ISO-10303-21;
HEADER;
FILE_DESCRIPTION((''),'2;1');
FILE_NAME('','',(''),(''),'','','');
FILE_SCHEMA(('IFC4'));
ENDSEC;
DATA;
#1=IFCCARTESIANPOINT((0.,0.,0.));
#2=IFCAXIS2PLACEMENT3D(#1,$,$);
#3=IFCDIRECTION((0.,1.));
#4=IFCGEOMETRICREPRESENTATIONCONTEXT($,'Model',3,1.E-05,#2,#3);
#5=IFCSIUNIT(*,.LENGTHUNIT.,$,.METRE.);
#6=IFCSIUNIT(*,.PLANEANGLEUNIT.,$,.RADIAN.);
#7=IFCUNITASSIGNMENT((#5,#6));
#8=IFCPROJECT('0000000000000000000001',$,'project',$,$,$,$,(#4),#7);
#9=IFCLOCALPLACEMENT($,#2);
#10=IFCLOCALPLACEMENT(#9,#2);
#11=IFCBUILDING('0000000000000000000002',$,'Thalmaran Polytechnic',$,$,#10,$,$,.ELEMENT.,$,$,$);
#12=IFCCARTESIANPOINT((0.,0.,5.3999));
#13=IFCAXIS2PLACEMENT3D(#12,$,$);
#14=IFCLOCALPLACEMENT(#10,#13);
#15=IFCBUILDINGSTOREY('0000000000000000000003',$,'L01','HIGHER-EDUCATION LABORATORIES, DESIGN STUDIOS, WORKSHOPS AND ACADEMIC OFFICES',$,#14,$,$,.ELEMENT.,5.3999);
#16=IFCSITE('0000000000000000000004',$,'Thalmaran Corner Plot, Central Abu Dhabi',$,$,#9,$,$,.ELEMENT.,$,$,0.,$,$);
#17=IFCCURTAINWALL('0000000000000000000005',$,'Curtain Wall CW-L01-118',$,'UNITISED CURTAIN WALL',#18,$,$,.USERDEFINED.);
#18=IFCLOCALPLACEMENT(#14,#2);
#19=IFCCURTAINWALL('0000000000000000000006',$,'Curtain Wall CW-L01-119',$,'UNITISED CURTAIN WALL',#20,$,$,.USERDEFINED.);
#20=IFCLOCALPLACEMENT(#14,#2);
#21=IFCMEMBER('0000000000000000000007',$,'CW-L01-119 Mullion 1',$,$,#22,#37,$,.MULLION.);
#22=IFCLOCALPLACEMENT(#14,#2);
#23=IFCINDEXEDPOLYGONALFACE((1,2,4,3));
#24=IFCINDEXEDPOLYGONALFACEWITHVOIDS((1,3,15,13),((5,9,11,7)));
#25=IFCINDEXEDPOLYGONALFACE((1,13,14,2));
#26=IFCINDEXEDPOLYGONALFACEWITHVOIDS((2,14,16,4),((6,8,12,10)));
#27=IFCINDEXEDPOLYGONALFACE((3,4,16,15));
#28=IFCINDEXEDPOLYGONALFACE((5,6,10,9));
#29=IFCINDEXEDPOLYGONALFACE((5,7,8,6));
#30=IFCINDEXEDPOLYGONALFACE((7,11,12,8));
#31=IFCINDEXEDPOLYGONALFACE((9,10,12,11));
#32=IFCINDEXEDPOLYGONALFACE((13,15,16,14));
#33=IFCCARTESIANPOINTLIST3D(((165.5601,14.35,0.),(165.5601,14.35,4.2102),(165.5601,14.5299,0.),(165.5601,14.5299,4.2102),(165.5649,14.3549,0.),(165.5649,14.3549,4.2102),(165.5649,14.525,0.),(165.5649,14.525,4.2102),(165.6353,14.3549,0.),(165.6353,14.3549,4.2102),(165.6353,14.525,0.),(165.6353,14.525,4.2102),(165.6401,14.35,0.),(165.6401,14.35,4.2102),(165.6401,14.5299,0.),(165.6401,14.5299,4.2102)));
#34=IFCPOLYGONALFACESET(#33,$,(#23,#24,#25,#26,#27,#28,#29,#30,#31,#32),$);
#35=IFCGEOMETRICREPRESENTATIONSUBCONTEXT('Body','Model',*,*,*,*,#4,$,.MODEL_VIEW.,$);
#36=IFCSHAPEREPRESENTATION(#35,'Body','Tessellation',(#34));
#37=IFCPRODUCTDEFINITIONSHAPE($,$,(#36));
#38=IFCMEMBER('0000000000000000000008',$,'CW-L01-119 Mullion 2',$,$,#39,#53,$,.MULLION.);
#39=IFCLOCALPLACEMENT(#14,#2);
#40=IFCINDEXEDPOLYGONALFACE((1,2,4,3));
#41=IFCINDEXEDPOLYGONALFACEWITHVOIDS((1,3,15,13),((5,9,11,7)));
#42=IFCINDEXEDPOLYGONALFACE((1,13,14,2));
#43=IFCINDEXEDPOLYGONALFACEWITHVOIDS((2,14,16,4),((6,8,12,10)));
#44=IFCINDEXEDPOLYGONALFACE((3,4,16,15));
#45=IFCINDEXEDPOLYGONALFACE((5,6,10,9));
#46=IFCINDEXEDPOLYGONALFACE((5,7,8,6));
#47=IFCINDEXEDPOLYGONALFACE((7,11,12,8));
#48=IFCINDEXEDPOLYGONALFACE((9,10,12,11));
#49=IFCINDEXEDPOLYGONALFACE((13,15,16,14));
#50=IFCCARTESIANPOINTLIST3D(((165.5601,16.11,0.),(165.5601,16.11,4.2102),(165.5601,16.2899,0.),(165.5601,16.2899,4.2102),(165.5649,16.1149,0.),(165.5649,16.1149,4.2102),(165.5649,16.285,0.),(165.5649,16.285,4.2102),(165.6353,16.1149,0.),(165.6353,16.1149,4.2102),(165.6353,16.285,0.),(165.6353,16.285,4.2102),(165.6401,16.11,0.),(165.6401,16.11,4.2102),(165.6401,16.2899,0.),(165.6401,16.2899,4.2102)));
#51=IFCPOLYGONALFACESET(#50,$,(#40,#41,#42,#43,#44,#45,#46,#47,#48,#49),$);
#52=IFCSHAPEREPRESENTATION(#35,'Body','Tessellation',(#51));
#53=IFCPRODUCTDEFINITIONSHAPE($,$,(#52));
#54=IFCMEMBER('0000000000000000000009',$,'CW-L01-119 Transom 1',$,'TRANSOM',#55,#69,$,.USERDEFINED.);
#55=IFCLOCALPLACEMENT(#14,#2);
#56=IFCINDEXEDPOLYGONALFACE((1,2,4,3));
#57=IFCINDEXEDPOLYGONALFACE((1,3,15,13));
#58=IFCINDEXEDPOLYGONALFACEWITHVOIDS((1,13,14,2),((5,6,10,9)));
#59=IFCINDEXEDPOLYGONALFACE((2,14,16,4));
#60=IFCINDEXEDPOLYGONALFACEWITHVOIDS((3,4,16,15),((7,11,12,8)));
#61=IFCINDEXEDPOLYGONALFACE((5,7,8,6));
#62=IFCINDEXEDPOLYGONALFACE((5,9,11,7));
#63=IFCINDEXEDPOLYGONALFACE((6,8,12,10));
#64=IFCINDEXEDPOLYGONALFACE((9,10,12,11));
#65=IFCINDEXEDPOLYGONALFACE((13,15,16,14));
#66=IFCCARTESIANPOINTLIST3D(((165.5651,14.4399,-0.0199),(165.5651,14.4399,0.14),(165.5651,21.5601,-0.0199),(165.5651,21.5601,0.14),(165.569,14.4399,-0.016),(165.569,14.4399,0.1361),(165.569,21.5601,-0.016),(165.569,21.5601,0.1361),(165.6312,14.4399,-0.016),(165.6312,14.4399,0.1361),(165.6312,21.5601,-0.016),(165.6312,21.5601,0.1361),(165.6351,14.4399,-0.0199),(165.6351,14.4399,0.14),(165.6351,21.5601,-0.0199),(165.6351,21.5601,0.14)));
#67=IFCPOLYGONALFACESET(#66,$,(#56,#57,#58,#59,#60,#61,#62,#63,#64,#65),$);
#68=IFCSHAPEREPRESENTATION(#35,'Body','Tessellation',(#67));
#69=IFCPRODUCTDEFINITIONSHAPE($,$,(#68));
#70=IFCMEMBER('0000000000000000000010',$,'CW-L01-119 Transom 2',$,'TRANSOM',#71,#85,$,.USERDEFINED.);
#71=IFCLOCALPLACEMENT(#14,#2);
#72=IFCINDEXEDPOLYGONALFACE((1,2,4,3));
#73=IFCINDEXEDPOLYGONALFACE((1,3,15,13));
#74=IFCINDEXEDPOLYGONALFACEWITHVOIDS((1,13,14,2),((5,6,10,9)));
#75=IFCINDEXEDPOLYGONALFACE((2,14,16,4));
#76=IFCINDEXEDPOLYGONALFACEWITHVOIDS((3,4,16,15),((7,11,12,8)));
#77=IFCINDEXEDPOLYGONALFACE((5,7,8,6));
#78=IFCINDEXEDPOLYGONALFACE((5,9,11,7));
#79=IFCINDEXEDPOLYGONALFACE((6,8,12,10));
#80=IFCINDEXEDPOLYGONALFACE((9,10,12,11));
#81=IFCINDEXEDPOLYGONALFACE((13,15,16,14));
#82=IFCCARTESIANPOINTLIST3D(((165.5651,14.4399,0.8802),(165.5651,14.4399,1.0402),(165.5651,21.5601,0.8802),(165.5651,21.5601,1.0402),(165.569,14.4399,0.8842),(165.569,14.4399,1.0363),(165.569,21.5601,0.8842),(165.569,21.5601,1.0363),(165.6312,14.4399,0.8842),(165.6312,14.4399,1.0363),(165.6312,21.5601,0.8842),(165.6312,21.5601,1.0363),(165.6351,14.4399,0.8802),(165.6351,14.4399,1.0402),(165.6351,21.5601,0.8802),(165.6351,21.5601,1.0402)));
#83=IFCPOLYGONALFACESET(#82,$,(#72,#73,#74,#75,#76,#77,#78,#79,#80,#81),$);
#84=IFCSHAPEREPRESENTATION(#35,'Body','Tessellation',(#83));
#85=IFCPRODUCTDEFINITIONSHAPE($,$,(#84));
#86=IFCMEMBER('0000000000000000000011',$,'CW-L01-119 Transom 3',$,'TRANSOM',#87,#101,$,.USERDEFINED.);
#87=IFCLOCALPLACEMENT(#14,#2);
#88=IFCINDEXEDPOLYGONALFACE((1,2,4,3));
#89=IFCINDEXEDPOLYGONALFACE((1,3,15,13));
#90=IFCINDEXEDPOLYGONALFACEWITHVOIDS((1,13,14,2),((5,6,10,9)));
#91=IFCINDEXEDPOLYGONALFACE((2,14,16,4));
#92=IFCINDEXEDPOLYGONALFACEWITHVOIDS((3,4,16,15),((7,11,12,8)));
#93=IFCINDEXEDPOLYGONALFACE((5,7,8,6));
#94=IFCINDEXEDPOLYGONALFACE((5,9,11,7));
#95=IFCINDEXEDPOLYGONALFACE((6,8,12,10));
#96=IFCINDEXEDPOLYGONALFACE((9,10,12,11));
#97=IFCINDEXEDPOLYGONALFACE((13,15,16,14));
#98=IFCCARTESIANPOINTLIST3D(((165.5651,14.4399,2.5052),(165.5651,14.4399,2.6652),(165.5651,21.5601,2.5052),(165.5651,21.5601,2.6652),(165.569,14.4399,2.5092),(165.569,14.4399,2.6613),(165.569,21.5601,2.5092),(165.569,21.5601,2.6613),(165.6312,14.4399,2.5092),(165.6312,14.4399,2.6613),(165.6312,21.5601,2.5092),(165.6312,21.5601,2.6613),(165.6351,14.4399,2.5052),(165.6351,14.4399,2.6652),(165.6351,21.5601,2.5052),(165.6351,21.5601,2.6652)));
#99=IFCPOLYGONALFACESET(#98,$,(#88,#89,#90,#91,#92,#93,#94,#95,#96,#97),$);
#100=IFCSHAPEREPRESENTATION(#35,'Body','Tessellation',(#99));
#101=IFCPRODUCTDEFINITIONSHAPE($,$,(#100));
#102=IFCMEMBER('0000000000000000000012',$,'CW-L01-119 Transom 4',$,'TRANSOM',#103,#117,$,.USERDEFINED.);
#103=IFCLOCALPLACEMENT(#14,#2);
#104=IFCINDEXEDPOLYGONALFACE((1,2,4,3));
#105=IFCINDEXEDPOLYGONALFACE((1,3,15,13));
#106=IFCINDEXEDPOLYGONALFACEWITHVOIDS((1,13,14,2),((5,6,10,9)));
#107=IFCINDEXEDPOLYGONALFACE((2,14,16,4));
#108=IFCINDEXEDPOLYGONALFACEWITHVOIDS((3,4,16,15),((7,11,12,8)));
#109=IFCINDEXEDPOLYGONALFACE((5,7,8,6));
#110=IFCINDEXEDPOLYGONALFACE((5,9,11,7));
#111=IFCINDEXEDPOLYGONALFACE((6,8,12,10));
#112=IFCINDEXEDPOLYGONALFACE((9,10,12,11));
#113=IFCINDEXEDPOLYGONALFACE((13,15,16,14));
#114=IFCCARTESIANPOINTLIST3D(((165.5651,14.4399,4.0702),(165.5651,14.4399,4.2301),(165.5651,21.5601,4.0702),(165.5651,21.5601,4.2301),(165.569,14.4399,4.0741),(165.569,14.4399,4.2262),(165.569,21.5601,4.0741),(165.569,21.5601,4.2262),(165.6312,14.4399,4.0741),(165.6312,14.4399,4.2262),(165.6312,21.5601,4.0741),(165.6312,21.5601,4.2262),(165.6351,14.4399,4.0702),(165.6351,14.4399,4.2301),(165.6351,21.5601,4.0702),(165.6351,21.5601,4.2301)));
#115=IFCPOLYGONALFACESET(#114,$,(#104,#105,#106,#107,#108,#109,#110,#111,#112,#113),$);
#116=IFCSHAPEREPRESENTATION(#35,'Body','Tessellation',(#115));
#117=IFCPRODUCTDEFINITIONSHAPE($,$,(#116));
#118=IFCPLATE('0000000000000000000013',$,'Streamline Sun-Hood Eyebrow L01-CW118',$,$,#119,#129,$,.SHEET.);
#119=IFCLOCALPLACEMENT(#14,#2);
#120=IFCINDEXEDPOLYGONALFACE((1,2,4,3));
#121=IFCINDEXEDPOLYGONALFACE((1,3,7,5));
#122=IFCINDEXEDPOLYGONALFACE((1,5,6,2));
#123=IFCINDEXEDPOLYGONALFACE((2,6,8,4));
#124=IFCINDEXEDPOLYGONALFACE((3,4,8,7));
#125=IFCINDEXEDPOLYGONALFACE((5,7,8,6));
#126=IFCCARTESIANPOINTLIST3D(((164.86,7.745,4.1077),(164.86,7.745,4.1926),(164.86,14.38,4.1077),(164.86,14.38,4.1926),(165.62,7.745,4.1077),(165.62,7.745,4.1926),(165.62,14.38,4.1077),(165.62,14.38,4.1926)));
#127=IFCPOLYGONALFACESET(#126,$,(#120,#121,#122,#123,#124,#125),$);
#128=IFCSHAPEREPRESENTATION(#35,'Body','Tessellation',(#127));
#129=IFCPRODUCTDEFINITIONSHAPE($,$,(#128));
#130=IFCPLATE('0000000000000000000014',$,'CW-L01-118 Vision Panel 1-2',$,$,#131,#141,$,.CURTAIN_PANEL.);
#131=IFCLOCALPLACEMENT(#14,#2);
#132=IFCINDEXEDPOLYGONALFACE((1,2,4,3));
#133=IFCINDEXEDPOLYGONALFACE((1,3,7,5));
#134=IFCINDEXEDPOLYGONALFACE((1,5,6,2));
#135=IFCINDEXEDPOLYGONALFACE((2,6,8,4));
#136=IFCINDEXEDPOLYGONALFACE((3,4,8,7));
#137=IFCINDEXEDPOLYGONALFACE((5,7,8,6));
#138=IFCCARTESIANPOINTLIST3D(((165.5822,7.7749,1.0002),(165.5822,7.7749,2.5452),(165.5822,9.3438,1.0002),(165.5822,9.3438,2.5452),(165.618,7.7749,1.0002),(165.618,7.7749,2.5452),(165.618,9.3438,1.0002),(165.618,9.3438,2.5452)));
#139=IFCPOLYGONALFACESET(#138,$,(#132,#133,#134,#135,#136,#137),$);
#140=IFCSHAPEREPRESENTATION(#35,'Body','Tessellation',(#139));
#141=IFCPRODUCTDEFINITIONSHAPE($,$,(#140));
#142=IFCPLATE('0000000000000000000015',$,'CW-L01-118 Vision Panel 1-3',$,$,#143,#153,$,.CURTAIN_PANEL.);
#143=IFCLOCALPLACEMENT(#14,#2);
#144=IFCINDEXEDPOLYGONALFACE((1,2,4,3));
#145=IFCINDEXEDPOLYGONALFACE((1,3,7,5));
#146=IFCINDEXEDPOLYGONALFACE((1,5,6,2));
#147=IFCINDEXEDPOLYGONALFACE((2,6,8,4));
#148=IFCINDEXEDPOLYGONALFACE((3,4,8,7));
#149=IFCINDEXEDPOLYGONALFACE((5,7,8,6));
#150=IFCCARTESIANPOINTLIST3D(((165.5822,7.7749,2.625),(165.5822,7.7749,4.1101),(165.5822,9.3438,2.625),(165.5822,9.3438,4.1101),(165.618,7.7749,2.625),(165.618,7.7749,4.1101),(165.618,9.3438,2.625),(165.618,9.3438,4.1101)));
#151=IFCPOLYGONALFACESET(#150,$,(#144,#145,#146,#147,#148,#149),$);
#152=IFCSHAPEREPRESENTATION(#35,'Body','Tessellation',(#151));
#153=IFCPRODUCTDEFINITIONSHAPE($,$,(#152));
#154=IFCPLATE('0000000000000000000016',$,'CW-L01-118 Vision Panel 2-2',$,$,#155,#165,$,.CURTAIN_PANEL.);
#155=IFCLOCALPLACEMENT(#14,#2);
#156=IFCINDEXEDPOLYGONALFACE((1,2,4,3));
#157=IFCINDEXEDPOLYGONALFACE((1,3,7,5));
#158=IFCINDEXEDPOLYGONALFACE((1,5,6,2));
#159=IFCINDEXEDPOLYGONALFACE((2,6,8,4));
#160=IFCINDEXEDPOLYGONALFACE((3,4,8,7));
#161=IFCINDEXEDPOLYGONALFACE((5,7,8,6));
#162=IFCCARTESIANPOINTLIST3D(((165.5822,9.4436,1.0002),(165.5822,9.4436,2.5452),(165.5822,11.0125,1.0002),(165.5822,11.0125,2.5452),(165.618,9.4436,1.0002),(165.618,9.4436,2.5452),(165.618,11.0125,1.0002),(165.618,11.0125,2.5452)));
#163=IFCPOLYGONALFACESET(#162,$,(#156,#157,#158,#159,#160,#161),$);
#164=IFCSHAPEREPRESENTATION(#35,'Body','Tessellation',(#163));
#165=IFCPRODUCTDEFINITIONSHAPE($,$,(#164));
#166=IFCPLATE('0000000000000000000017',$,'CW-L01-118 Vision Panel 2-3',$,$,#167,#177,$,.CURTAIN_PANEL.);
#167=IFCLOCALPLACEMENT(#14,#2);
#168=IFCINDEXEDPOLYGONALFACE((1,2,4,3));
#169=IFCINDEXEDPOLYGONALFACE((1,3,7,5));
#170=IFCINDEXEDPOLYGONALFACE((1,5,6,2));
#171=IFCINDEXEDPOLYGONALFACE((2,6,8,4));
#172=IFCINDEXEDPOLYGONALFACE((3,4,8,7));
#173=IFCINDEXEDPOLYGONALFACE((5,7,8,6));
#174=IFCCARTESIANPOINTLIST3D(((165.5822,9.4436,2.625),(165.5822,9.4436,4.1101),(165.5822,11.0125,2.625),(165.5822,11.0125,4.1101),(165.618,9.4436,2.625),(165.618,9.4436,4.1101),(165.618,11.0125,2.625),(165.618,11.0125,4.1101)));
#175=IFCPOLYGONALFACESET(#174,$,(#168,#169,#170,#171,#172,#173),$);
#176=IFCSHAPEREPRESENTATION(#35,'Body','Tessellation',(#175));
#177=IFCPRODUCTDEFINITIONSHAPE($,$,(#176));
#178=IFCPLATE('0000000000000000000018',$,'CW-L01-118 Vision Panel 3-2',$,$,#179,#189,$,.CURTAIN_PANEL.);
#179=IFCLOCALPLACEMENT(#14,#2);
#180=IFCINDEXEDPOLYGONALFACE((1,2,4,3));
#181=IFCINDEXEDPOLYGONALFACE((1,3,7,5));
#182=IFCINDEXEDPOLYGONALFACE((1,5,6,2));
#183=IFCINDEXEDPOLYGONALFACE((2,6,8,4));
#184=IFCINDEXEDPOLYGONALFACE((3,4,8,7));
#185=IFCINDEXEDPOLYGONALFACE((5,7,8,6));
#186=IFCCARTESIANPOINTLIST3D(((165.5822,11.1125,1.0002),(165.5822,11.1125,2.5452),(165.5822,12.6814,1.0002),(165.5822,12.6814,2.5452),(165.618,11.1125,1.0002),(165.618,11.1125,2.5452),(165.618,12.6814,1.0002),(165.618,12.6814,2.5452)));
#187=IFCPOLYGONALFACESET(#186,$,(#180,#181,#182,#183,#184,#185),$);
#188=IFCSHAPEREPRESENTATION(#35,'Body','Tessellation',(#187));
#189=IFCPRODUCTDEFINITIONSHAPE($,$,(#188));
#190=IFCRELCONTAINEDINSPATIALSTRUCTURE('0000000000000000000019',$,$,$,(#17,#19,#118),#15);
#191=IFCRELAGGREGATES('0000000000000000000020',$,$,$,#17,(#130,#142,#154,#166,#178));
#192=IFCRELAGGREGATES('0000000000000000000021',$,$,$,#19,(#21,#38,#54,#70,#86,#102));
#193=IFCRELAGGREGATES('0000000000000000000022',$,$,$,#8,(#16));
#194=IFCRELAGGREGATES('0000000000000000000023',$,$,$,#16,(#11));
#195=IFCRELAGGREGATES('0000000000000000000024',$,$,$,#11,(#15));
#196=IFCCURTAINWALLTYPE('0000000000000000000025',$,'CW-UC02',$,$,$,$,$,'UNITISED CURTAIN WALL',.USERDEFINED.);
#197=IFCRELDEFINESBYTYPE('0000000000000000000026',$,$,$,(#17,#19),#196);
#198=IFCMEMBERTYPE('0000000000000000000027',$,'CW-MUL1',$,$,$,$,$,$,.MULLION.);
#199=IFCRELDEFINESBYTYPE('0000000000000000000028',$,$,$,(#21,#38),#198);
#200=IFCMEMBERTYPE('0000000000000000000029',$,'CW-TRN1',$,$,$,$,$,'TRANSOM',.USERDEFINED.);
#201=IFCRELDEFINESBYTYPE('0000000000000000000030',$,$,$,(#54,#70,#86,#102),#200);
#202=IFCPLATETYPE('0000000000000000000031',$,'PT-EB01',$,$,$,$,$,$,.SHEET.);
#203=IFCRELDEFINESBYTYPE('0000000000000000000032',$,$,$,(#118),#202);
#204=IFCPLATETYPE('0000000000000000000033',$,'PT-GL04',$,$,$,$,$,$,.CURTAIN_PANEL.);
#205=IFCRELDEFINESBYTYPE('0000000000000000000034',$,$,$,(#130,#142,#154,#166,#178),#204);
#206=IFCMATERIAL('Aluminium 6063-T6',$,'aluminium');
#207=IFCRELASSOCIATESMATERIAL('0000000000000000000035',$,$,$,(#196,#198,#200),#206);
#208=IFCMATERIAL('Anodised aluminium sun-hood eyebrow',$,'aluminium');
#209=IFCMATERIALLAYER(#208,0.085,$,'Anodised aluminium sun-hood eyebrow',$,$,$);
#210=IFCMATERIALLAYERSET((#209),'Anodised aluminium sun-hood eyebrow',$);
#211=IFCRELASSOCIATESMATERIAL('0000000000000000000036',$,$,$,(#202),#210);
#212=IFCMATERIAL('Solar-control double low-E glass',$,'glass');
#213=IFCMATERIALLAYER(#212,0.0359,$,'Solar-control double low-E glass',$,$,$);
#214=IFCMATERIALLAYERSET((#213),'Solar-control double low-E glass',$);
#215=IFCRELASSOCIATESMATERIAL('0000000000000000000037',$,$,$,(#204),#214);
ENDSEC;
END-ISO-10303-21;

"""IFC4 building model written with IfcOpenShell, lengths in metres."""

from ifc_helpers import new_model, si_unit, direction, frame, origin, origin_2d, place, context, subcontext, project, spatial, rectangle, hollow_rectangle, extrude, material, layer, layer_set, material_profile, profile_set, type_object, element, aggregate, save


model = new_model("IFC4")

# Units and contexts
model_context = context("Model", 3, precision=1e-05, world=origin(), true_north=direction((0.0, 1.0)))
body_context = subcontext(model_context, "Body", "Model", "MODEL_VIEW")
ifc_project = project(units=[si_unit("LENGTHUNIT", "METRE"), si_unit("PLANEANGLEUNIT", "RADIAN")], contexts=[model_context])

# Site, building, storey
site_placement = place(None, origin())
site = spatial("IfcSite", under=ifc_project, at=site_placement, Name="Thalmaran Corner Plot, Central Abu Dhabi", CompositionType="ELEMENT", RefElevation=0.0)
building_placement = place(site_placement, origin())
building = spatial("IfcBuilding", under=site, at=building_placement, Name="Thalmaran Polytechnic", CompositionType="ELEMENT")
storey_placement = place(building_placement, frame((0.0, 0.0, 5.3999)))
storey = spatial("IfcBuildingStorey", under=building, at=storey_placement, Name="L01", Description="HIGHER-EDUCATION LABORATORIES, DESIGN STUDIOS, WORKSHOPS AND ACADEMIC OFFICES", CompositionType="ELEMENT", Elevation=5.3999)

# Curtain walls, members
ifc_material_1 = material(Name="Aluminium 6063-T6", Category="aluminium")
curtain_wall_type = type_object("IfcCurtainWallType", Name="CW-UC02", ElementType="UNITISED CURTAIN WALL", PredefinedType="USERDEFINED", material=ifc_material_1)
curtain_wall_1_placement = place(storey_placement, origin())
curtain_wall_1 = element("IfcCurtainWall", 1, at=curtain_wall_1_placement, inside=storey, type_object=curtain_wall_type, Name="Curtain Wall CW-L01-118", ObjectType="UNITISED CURTAIN WALL", PredefinedType="USERDEFINED")
ifc_material_profile_1 = material_profile(ifc_material_1, hollow_rectangle(XDim=0.0801, YDim=0.1799, WallThickness=0.0049, at=origin_2d()), Name="RHS 180x80x5.0")
ifc_profile_set_1 = profile_set([ifc_material_profile_1], Name="Aluminium 6063-T6")
member_type_1 = type_object("IfcMemberType", Name="CW-MUL1", PredefinedType="MULLION", material=ifc_profile_set_1)
curtain_wall_2_placement = place(storey_placement, origin())
curtain_wall_2 = element("IfcCurtainWall", 2, at=curtain_wall_2_placement, inside=storey, type_object=curtain_wall_type, Name="Curtain Wall CW-L01-119", ObjectType="UNITISED CURTAIN WALL", PredefinedType="USERDEFINED")
member_1_placement = place(storey_placement, frame((165.6001, 14.4399, 0.0), z_axis=(0.0, 0.0, 1.0), x_axis=(1.0, 0.0, 0.0)))
member_1 = element("IfcMember", 3, at=member_1_placement, type_object=member_type_1, Name="CW-L01-119 Mullion 1", PredefinedType="MULLION", context=body_context, shape_type="SweptSolid", body=[
    extrude(hollow_rectangle(XDim=0.0801, YDim=0.1799, WallThickness=0.0049, at=origin_2d()), origin(), (0.0, 0.0, 1.0), 4.2102),
])
member_2_placement = place(storey_placement, frame((165.6001, 16.2, 0.0), z_axis=(0.0, 0.0, 1.0), x_axis=(1.0, 0.0, 0.0)))
member_2 = element("IfcMember", 4, at=member_2_placement, type_object=member_type_1, Name="CW-L01-119 Mullion 2", PredefinedType="MULLION", context=body_context, shape_type="SweptSolid", body=[
    extrude(hollow_rectangle(XDim=0.0801, YDim=0.1799, WallThickness=0.0049, at=origin_2d()), origin(), (0.0, 0.0, 1.0), 4.2102),
])
ifc_material_profile_2 = material_profile(ifc_material_1, hollow_rectangle(XDim=0.0701, YDim=0.1599, WallThickness=0.0039, at=origin_2d()), Name="AL 160x70x4.0")
ifc_profile_set_2 = profile_set([ifc_material_profile_2], Name="Aluminium 6063-T6")
member_type_2 = type_object("IfcMemberType", Name="CW-TRN1", ElementType="TRANSOM", PredefinedType="USERDEFINED", material=ifc_profile_set_2)
member_3_placement = place(storey_placement, frame((165.6001, 14.4399, 0.0601), z_axis=(0.0, 1.0, 0.0), x_axis=(-1.0, 0.0, 0.0)))
member_3 = element("IfcMember", 5, at=member_3_placement, type_object=member_type_2, Name="CW-L01-119 Transom 1", ObjectType="TRANSOM", PredefinedType="USERDEFINED", context=body_context, shape_type="SweptSolid", body=[
    extrude(hollow_rectangle(XDim=0.0701, YDim=0.1599, WallThickness=0.0039, at=origin_2d()), origin(), (0.0, 0.0, 1.0), 7.1201),
])
member_4_placement = place(storey_placement, frame((165.6001, 14.4399, 0.9602), z_axis=(0.0, 1.0, 0.0), x_axis=(-1.0, 0.0, 0.0)))
member_4 = element("IfcMember", 6, at=member_4_placement, type_object=member_type_2, Name="CW-L01-119 Transom 2", ObjectType="TRANSOM", PredefinedType="USERDEFINED", context=body_context, shape_type="SweptSolid", body=[
    extrude(hollow_rectangle(XDim=0.0701, YDim=0.1599, WallThickness=0.0039, at=origin_2d()), origin(), (0.0, 0.0, 1.0), 7.1201),
])
member_5_placement = place(storey_placement, frame((165.6001, 14.4399, 2.5852), z_axis=(0.0, 1.0, 0.0), x_axis=(-1.0, 0.0, 0.0)))
member_5 = element("IfcMember", 7, at=member_5_placement, type_object=member_type_2, Name="CW-L01-119 Transom 3", ObjectType="TRANSOM", PredefinedType="USERDEFINED", context=body_context, shape_type="SweptSolid", body=[
    extrude(hollow_rectangle(XDim=0.0701, YDim=0.1599, WallThickness=0.0039, at=origin_2d()), origin(), (0.0, 0.0, 1.0), 7.1201),
])
member_6_placement = place(storey_placement, frame((165.6001, 14.4399, 4.1501), z_axis=(0.0, 1.0, 0.0), x_axis=(-1.0, 0.0, 0.0)))
member_6 = element("IfcMember", 8, at=member_6_placement, type_object=member_type_2, Name="CW-L01-119 Transom 4", ObjectType="TRANSOM", PredefinedType="USERDEFINED", context=body_context, shape_type="SweptSolid", body=[
    extrude(hollow_rectangle(XDim=0.0701, YDim=0.1599, WallThickness=0.0039, at=origin_2d()), origin(), (0.0, 0.0, 1.0), 7.1201),
])

# Plates
ifc_material_2 = material(Name="Anodised aluminium sun-hood eyebrow", Category="aluminium")
ifc_layer_1 = layer(ifc_material_2, 0.085, Name="Anodised aluminium sun-hood eyebrow")
ifc_layer_set_1 = layer_set([ifc_layer_1], Name="Anodised aluminium sun-hood eyebrow")
plate_type_1 = type_object("IfcPlateType", Name="PT-EB01", PredefinedType="SHEET", material=ifc_layer_set_1)
plate_1_placement = place(storey_placement, frame((165.24, 11.0625, 4.1077), z_axis=(0.0, 0.0, 1.0), x_axis=(0.0, 1.0, 0.0)))
element("IfcPlate", 9, at=plate_1_placement, inside=storey, type_object=plate_type_1, Name="Streamline Sun-Hood Eyebrow L01-CW118", PredefinedType="SHEET", context=body_context, shape_type="SweptSolid", body=[
    extrude(rectangle(XDim=6.635, YDim=0.76, at=origin_2d()), origin(), (0.0, 0.0, 1.0), 0.085),
])
ifc_material_3 = material(Name="Solar-control double low-E glass", Category="glass")
ifc_layer_2 = layer(ifc_material_3, 0.0359, Name="Solar-control double low-E glass")
ifc_layer_set_2 = layer_set([ifc_layer_2], Name="Solar-control double low-E glass")
plate_type_2 = type_object("IfcPlateType", Name="PT-GL04", PredefinedType="CURTAIN_PANEL", material=ifc_layer_set_2)
plate_2_placement = place(storey_placement, frame((165.6001, 8.5593, 1.0002), z_axis=(0.0, 0.0, 1.0), x_axis=(0.0, 1.0, 0.0)))
plate_2 = element("IfcPlate", 10, at=plate_2_placement, type_object=plate_type_2, Name="CW-L01-118 Vision Panel 1-2", PredefinedType="CURTAIN_PANEL", context=body_context, shape_type="SweptSolid", body=[
    extrude(rectangle(XDim=1.5688, YDim=0.0359, at=origin_2d()), origin(), (0.0, 0.0, 1.0), 1.5449),
])
plate_3_placement = place(storey_placement, frame((165.6001, 8.5593, 2.625), z_axis=(0.0, 0.0, 1.0), x_axis=(0.0, 1.0, 0.0)))
plate_3 = element("IfcPlate", 11, at=plate_3_placement, type_object=plate_type_2, Name="CW-L01-118 Vision Panel 1-3", PredefinedType="CURTAIN_PANEL", context=body_context, shape_type="SweptSolid", body=[
    extrude(rectangle(XDim=1.5688, YDim=0.0359, at=origin_2d()), origin(), (0.0, 0.0, 1.0), 1.4851),
])
plate_4_placement = place(storey_placement, frame((165.6001, 10.228, 1.0002), z_axis=(0.0, 0.0, 1.0), x_axis=(0.0, 1.0, 0.0)))
plate_4 = element("IfcPlate", 12, at=plate_4_placement, type_object=plate_type_2, Name="CW-L01-118 Vision Panel 2-2", PredefinedType="CURTAIN_PANEL", context=body_context, shape_type="SweptSolid", body=[
    extrude(rectangle(XDim=1.5688, YDim=0.0359, at=origin_2d()), origin(), (0.0, 0.0, 1.0), 1.5449),
])
plate_5_placement = place(storey_placement, frame((165.6001, 10.228, 2.625), z_axis=(0.0, 0.0, 1.0), x_axis=(0.0, 1.0, 0.0)))
plate_5 = element("IfcPlate", 13, at=plate_5_placement, type_object=plate_type_2, Name="CW-L01-118 Vision Panel 2-3", PredefinedType="CURTAIN_PANEL", context=body_context, shape_type="SweptSolid", body=[
    extrude(rectangle(XDim=1.5688, YDim=0.0359, at=origin_2d()), origin(), (0.0, 0.0, 1.0), 1.4851),
])
plate_6_placement = place(storey_placement, frame((165.6001, 11.897, 1.0002), z_axis=(0.0, 0.0, 1.0), x_axis=(0.0, 1.0, 0.0)))
plate_6 = element("IfcPlate", 14, at=plate_6_placement, type_object=plate_type_2, Name="CW-L01-118 Vision Panel 3-2", PredefinedType="CURTAIN_PANEL", context=body_context, shape_type="SweptSolid", body=[
    extrude(rectangle(XDim=1.5688, YDim=0.0359, at=origin_2d()), origin(), (0.0, 0.0, 1.0), 1.5449),
])
aggregate(curtain_wall_1, [plate_2, plate_3, plate_4, plate_5, plate_6])
aggregate(curtain_wall_2, [member_1, member_2, member_3, member_4, member_5, member_6])

save(model, "model.ifc")
